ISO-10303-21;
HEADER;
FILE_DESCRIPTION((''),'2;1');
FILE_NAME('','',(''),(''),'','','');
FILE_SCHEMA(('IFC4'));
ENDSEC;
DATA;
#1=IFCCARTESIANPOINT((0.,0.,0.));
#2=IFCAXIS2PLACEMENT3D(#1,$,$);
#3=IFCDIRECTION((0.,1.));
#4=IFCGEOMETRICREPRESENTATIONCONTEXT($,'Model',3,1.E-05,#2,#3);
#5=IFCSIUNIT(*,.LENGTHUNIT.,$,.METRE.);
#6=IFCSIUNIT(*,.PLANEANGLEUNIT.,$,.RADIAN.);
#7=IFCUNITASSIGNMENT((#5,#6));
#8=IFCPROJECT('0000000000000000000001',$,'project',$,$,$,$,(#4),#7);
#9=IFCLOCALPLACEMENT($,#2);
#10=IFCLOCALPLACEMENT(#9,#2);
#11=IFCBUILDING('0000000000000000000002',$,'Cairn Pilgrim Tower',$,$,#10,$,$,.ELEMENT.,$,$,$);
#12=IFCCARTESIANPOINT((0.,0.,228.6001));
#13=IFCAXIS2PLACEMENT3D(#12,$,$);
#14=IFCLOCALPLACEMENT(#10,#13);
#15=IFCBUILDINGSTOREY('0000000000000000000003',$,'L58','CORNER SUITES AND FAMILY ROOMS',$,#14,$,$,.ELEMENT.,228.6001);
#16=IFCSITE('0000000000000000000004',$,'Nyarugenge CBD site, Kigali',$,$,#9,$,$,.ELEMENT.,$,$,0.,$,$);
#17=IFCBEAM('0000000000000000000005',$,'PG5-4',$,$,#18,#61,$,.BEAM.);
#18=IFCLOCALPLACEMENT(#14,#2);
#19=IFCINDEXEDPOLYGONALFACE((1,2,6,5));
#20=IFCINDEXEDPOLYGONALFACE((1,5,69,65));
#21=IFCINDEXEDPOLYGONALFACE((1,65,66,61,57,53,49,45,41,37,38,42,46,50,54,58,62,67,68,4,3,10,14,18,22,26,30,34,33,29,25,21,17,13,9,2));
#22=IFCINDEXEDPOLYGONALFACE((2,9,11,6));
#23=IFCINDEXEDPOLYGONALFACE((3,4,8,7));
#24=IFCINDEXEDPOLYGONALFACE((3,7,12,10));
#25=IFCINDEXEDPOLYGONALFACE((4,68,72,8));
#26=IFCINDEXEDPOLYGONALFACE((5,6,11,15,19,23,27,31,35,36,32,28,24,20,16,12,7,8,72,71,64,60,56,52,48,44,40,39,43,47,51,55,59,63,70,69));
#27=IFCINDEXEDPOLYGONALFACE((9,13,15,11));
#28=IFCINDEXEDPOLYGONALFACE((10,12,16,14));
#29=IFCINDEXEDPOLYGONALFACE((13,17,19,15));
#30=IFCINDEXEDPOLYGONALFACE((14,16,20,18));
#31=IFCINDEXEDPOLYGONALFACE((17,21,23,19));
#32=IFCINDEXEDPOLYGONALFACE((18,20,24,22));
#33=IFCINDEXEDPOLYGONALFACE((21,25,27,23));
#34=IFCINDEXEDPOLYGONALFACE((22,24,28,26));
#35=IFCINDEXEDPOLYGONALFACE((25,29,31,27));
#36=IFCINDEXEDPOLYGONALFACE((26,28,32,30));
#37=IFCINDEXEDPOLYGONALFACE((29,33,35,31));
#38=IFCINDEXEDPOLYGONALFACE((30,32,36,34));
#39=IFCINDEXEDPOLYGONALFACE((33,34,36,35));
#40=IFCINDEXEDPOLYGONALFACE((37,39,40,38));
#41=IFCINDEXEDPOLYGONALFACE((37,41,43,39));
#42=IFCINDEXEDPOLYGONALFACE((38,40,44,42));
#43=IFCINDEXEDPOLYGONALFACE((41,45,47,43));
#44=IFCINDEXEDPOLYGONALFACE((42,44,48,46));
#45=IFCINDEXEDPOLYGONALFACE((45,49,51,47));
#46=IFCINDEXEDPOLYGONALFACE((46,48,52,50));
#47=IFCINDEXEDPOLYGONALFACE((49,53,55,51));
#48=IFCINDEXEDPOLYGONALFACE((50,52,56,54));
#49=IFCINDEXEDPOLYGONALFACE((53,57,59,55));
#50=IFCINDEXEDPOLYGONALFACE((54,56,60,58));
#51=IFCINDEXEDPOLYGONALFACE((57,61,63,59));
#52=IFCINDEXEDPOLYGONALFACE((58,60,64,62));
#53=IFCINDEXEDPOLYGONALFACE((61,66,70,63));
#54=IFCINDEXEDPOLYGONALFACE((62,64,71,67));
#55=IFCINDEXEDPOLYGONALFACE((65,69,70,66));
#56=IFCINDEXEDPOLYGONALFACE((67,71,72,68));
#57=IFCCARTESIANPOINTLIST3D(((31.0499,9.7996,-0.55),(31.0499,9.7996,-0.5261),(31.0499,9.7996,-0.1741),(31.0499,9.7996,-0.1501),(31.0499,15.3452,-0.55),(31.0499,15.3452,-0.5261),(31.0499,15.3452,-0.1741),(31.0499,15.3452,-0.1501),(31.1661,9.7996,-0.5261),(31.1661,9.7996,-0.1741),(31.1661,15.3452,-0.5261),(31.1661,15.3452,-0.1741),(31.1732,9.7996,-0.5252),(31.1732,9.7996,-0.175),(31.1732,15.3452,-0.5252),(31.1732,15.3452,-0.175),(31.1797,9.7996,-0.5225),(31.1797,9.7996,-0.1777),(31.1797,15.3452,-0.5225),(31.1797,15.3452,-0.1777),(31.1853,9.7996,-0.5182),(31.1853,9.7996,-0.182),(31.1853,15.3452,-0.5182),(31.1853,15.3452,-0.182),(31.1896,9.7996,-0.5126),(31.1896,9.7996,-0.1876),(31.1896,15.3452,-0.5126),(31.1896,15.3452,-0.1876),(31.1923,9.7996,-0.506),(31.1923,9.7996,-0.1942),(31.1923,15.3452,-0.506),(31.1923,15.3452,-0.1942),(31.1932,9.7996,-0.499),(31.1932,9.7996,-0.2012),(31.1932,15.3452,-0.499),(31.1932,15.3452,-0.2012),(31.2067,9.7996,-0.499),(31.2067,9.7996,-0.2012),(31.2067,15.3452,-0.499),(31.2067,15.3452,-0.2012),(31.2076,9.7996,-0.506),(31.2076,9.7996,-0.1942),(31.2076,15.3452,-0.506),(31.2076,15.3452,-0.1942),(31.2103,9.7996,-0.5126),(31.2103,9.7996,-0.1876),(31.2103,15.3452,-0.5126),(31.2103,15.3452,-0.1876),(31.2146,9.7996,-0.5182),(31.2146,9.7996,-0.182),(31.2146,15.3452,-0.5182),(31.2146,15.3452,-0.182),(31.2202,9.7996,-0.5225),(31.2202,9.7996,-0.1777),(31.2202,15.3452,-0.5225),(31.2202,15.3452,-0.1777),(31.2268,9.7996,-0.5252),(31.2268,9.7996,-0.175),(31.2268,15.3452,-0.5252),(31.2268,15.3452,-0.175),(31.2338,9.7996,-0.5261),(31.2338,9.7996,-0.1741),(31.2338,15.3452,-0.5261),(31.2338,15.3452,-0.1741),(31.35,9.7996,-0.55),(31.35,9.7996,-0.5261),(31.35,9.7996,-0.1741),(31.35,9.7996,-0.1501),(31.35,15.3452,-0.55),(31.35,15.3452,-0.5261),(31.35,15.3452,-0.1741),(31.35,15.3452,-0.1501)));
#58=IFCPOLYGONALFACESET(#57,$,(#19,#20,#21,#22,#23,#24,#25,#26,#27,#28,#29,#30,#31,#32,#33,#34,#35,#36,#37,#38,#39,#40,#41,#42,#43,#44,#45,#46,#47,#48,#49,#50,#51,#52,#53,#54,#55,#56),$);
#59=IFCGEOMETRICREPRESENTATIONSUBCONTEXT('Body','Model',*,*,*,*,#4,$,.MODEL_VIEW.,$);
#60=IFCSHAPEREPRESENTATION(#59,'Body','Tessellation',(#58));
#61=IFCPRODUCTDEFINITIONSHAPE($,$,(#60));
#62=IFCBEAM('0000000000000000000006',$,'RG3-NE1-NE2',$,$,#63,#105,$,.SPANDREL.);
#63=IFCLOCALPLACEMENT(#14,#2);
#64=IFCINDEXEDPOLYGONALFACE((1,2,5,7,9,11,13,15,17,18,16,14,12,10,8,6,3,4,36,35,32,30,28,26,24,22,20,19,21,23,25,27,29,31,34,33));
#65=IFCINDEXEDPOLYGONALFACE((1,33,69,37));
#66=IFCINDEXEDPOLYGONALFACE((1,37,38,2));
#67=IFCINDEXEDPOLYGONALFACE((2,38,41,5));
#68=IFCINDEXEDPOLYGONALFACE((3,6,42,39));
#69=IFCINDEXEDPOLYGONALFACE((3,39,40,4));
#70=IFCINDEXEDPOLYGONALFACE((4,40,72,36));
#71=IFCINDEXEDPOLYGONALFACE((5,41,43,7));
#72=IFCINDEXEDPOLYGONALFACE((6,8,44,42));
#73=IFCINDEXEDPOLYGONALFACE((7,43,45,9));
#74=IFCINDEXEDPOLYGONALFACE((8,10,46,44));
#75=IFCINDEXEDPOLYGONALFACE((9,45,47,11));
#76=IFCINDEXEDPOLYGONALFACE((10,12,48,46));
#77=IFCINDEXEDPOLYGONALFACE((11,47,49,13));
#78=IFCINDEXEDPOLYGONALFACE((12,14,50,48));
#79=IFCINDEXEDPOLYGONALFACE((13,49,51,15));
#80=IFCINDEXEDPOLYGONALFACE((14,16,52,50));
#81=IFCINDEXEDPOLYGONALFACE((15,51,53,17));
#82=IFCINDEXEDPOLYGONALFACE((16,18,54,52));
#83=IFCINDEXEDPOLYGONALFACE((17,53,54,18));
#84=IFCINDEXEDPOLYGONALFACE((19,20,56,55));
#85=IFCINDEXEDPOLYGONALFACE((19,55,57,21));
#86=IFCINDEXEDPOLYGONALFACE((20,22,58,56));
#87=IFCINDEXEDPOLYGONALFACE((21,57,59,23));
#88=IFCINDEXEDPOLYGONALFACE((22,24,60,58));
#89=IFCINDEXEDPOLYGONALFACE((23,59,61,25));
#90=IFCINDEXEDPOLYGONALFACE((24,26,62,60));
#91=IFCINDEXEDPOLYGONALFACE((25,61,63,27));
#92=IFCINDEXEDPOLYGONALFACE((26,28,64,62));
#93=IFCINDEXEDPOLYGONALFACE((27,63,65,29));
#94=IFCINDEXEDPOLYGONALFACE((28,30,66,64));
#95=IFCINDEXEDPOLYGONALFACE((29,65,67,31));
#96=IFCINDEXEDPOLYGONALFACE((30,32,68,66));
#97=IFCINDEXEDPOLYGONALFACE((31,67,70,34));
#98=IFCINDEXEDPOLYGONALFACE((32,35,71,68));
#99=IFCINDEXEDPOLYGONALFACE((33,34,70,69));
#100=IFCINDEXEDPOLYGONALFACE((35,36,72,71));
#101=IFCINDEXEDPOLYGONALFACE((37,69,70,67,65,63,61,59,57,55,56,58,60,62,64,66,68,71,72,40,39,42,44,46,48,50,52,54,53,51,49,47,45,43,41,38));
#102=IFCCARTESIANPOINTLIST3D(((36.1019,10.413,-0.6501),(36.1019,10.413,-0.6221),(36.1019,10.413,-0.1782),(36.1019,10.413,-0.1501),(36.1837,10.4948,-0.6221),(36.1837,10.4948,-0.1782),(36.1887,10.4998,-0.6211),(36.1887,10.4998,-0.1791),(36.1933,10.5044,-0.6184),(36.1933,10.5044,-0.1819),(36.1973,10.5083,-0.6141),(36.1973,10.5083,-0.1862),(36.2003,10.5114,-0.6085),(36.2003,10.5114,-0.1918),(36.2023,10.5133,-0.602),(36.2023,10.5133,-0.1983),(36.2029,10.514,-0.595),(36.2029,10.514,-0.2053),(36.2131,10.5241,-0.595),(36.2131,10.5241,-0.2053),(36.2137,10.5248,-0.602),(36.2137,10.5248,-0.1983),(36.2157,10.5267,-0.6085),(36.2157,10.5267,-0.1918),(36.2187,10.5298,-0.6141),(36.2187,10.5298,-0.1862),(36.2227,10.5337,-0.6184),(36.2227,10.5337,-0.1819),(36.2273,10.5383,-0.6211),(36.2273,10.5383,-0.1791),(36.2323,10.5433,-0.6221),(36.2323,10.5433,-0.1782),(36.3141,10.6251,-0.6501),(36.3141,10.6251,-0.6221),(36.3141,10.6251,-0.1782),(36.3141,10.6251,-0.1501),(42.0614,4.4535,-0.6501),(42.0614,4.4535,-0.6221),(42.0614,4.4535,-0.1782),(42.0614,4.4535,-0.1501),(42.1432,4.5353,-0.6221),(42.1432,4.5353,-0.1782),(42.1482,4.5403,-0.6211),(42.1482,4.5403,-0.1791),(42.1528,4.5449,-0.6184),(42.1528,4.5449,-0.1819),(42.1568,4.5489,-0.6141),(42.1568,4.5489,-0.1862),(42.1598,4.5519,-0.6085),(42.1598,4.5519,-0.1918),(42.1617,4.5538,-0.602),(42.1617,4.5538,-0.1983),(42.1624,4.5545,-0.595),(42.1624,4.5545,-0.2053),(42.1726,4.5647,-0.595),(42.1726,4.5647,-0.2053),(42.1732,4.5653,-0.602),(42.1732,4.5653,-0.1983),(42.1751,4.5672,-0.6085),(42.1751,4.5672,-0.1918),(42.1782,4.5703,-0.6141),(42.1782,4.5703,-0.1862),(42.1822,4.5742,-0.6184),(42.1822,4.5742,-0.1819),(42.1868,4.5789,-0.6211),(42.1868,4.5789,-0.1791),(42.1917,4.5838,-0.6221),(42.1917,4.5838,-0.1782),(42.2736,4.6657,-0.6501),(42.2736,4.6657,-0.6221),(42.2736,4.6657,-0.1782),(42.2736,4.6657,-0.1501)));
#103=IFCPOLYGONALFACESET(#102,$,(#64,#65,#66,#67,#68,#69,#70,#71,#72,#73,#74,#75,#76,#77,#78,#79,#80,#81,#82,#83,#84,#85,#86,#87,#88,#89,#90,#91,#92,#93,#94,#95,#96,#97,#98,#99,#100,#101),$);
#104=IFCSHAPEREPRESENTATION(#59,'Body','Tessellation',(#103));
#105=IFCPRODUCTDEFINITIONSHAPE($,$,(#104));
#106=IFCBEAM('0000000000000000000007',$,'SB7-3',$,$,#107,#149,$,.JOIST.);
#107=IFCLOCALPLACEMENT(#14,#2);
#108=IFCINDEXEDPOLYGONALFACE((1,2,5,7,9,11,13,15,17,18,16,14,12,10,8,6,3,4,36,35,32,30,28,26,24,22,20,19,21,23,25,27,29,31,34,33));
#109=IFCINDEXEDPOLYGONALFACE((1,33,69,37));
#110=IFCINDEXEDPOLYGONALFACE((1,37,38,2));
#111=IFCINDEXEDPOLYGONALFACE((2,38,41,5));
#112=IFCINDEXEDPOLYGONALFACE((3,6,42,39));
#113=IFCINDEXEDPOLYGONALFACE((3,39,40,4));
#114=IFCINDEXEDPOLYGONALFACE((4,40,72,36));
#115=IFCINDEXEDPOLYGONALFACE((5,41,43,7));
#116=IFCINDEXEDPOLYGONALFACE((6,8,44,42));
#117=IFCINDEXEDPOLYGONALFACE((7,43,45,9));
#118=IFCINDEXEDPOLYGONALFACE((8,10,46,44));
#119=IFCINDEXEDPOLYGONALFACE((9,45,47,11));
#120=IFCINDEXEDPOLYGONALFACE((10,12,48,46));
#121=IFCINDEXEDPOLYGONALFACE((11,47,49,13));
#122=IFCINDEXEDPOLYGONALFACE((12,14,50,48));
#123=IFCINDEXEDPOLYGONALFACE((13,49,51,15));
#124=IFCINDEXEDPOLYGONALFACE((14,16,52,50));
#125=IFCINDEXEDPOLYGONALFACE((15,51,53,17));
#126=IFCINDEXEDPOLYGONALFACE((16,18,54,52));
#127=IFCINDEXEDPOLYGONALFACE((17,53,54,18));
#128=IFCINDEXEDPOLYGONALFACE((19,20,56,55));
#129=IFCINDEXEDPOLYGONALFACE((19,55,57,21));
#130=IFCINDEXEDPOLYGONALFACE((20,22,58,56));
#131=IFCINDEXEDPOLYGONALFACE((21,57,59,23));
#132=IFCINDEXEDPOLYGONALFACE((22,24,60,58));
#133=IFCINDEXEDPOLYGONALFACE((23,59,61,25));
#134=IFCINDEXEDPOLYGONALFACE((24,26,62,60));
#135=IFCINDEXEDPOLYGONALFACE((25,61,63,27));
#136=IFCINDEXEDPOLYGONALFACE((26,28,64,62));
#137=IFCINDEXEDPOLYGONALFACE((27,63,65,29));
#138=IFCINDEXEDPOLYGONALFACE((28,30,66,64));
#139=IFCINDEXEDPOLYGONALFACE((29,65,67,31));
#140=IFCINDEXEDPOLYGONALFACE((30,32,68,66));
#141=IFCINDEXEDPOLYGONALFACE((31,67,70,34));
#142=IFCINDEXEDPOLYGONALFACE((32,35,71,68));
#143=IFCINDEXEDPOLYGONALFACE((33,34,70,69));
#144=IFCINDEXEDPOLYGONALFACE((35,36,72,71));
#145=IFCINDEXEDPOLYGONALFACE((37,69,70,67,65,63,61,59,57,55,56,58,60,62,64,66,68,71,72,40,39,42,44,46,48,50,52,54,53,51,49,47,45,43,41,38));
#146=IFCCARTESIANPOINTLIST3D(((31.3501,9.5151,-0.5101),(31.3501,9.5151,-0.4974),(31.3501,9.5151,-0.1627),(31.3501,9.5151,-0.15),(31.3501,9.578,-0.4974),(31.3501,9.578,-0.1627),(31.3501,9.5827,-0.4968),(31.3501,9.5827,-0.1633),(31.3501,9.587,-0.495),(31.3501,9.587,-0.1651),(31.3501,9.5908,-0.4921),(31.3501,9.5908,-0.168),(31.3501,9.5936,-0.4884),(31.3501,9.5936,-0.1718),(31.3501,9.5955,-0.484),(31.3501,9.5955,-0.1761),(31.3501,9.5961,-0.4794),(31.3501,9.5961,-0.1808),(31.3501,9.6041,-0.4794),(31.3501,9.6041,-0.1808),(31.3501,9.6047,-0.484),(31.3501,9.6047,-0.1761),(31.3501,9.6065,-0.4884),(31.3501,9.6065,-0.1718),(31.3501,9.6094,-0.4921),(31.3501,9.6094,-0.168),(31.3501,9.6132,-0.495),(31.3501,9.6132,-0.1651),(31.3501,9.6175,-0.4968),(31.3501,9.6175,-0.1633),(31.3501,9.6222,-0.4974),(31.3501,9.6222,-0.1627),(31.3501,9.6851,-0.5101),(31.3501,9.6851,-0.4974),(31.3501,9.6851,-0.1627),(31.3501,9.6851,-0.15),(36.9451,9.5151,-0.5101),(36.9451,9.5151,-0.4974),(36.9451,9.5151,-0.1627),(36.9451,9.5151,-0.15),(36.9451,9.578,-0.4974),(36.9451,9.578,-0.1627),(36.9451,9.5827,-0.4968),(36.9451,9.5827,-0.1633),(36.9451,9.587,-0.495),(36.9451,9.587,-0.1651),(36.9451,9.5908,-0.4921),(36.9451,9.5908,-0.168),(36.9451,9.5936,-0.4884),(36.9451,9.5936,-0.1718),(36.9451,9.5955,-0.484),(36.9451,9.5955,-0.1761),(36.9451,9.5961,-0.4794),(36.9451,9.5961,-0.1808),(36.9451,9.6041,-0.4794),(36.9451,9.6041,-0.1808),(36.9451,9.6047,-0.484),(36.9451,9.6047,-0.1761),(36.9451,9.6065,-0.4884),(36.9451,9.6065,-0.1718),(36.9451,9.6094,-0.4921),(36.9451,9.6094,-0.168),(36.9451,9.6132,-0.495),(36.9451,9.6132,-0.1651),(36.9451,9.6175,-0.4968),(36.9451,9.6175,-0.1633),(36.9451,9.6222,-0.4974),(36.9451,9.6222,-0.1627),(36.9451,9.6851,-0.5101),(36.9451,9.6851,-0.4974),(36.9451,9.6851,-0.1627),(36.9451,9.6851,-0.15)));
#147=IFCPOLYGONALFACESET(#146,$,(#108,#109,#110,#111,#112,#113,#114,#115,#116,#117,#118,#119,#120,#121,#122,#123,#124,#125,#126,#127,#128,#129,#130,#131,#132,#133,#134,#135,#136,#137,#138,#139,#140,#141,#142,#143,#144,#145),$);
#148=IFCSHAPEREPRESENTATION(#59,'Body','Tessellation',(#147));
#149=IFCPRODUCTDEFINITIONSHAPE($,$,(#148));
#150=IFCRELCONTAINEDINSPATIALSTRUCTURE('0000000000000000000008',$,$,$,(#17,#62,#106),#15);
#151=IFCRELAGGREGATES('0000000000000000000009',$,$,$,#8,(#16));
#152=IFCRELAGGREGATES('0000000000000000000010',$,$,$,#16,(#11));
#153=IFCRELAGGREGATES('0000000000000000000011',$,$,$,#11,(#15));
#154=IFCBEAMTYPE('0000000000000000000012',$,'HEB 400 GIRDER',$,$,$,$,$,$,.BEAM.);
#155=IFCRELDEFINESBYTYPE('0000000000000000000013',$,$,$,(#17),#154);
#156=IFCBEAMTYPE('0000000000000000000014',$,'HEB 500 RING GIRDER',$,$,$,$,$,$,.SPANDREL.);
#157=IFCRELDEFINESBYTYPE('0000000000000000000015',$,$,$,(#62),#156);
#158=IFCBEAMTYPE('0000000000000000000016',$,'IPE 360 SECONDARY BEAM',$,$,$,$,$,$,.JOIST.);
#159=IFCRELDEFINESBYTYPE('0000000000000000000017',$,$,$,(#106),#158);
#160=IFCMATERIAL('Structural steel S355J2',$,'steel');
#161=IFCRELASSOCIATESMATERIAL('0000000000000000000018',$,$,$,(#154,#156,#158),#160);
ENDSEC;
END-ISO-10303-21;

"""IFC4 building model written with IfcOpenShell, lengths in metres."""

from ifc_helpers import new_model, si_unit, direction, frame, origin, origin_2d, place, context, subcontext, project, spatial, i_section, extrude, material, material_profile, profile_set, type_object, element, save


model = new_model("IFC4")

# Units and contexts
model_context = context("Model", 3, precision=1e-05, world=origin(), true_north=direction((0.0, 1.0)))
body_context = subcontext(model_context, "Body", "Model", "MODEL_VIEW")
ifc_project = project(units=[si_unit("LENGTHUNIT", "METRE"), si_unit("PLANEANGLEUNIT", "RADIAN")], contexts=[model_context])

# Site, building, storey
site_placement = place(None, origin())
site = spatial("IfcSite", under=ifc_project, at=site_placement, Name="Nyarugenge CBD site, Kigali", CompositionType="ELEMENT", RefElevation=0.0)
building_placement = place(site_placement, origin())
building = spatial("IfcBuilding", under=site, at=building_placement, Name="Cairn Pilgrim Tower", CompositionType="ELEMENT")
storey_placement = place(building_placement, frame((0.0, 0.0, 228.6001)))
storey = spatial("IfcBuildingStorey", under=building, at=storey_placement, Name="L58", Description="CORNER SUITES AND FAMILY ROOMS", CompositionType="ELEMENT", Elevation=228.6001)

# Shared definitions
ifc_material_1 = material(Name="Structural steel S355J2", Category="steel")

# Beams
ifc_material_profile_1 = material_profile(ifc_material_1, i_section(OverallWidth=0.3, OverallDepth=0.3999, WebThickness=0.0134, FlangeThickness=0.0239, FilletRadius=0.0271, at=origin_2d()), Name="HEB 400")
ifc_profile_set_1 = profile_set([ifc_material_profile_1], Name="Structural steel S355J2")
beam_type_1 = type_object("IfcBeamType", Name="HEB 400 GIRDER", PredefinedType="BEAM", material=ifc_profile_set_1)
beam_1_placement = place(storey_placement, frame((31.2, 9.7996, -0.3501), z_axis=(0.0, 1.0, 0.0), x_axis=(-1.0, 0.0, 0.0)))
element("IfcBeam", 1, at=beam_1_placement, inside=storey, type_object=beam_type_1, Name="PG5-4", PredefinedType="BEAM", context=body_context, shape_type="SweptSolid", body=[
    extrude(i_section(OverallWidth=0.3, OverallDepth=0.3999, WebThickness=0.0134, FlangeThickness=0.0239, FilletRadius=0.0271, at=origin_2d()), origin(), (0.0, 0.0, 1.0), 5.5457),
])
ifc_material_profile_2 = material_profile(ifc_material_1, i_section(OverallWidth=0.3, OverallDepth=0.5, WebThickness=0.0144, FlangeThickness=0.0281, FilletRadius=0.0271, at=origin_2d()), Name="HEB 500")
ifc_profile_set_2 = profile_set([ifc_material_profile_2], Name="Structural steel S355J2")
beam_type_2 = type_object("IfcBeamType", Name="HEB 500 RING GIRDER", PredefinedType="SPANDREL", material=ifc_profile_set_2)
beam_2_placement = place(storey_placement, frame((42.1675, 4.5596, -0.4001), z_axis=(-0.707107, 0.707107, 0.0), x_axis=(-0.707107, -0.707107, 0.0)))
element("IfcBeam", 2, at=beam_2_placement, inside=storey, type_object=beam_type_2, Name="RG3-NE1-NE2", PredefinedType="SPANDREL", context=body_context, shape_type="SweptSolid", body=[
    extrude(i_section(OverallWidth=0.3, OverallDepth=0.5, WebThickness=0.0144, FlangeThickness=0.0281, FilletRadius=0.0271, at=origin_2d()), origin(), (0.0, 0.0, 1.0), 8.428),
])
ifc_material_profile_3 = material_profile(ifc_material_1, i_section(OverallWidth=0.1699, OverallDepth=0.3601, WebThickness=0.0081, FlangeThickness=0.0127, FilletRadius=0.0181, at=origin_2d()), Name="IPE 360")
ifc_profile_set_3 = profile_set([ifc_material_profile_3], Name="Structural steel S355J2")
beam_type_3 = type_object("IfcBeamType", Name="IPE 360 SECONDARY BEAM", PredefinedType="JOIST", material=ifc_profile_set_3)
beam_3_placement = place(storey_placement, frame((31.3501, 9.6001, -0.3301), z_axis=(1.0, 0.0, 0.0), x_axis=(0.0, 1.0, 0.0)))
element("IfcBeam", 3, at=beam_3_placement, inside=storey, type_object=beam_type_3, Name="SB7-3", PredefinedType="JOIST", context=body_context, shape_type="SweptSolid", body=[
    extrude(i_section(OverallWidth=0.1699, OverallDepth=0.3601, WebThickness=0.0081, FlangeThickness=0.0127, FilletRadius=0.0181, at=origin_2d()), origin(), (0.0, 0.0, 1.0), 5.595),
])

save(model, "model.ifc")
